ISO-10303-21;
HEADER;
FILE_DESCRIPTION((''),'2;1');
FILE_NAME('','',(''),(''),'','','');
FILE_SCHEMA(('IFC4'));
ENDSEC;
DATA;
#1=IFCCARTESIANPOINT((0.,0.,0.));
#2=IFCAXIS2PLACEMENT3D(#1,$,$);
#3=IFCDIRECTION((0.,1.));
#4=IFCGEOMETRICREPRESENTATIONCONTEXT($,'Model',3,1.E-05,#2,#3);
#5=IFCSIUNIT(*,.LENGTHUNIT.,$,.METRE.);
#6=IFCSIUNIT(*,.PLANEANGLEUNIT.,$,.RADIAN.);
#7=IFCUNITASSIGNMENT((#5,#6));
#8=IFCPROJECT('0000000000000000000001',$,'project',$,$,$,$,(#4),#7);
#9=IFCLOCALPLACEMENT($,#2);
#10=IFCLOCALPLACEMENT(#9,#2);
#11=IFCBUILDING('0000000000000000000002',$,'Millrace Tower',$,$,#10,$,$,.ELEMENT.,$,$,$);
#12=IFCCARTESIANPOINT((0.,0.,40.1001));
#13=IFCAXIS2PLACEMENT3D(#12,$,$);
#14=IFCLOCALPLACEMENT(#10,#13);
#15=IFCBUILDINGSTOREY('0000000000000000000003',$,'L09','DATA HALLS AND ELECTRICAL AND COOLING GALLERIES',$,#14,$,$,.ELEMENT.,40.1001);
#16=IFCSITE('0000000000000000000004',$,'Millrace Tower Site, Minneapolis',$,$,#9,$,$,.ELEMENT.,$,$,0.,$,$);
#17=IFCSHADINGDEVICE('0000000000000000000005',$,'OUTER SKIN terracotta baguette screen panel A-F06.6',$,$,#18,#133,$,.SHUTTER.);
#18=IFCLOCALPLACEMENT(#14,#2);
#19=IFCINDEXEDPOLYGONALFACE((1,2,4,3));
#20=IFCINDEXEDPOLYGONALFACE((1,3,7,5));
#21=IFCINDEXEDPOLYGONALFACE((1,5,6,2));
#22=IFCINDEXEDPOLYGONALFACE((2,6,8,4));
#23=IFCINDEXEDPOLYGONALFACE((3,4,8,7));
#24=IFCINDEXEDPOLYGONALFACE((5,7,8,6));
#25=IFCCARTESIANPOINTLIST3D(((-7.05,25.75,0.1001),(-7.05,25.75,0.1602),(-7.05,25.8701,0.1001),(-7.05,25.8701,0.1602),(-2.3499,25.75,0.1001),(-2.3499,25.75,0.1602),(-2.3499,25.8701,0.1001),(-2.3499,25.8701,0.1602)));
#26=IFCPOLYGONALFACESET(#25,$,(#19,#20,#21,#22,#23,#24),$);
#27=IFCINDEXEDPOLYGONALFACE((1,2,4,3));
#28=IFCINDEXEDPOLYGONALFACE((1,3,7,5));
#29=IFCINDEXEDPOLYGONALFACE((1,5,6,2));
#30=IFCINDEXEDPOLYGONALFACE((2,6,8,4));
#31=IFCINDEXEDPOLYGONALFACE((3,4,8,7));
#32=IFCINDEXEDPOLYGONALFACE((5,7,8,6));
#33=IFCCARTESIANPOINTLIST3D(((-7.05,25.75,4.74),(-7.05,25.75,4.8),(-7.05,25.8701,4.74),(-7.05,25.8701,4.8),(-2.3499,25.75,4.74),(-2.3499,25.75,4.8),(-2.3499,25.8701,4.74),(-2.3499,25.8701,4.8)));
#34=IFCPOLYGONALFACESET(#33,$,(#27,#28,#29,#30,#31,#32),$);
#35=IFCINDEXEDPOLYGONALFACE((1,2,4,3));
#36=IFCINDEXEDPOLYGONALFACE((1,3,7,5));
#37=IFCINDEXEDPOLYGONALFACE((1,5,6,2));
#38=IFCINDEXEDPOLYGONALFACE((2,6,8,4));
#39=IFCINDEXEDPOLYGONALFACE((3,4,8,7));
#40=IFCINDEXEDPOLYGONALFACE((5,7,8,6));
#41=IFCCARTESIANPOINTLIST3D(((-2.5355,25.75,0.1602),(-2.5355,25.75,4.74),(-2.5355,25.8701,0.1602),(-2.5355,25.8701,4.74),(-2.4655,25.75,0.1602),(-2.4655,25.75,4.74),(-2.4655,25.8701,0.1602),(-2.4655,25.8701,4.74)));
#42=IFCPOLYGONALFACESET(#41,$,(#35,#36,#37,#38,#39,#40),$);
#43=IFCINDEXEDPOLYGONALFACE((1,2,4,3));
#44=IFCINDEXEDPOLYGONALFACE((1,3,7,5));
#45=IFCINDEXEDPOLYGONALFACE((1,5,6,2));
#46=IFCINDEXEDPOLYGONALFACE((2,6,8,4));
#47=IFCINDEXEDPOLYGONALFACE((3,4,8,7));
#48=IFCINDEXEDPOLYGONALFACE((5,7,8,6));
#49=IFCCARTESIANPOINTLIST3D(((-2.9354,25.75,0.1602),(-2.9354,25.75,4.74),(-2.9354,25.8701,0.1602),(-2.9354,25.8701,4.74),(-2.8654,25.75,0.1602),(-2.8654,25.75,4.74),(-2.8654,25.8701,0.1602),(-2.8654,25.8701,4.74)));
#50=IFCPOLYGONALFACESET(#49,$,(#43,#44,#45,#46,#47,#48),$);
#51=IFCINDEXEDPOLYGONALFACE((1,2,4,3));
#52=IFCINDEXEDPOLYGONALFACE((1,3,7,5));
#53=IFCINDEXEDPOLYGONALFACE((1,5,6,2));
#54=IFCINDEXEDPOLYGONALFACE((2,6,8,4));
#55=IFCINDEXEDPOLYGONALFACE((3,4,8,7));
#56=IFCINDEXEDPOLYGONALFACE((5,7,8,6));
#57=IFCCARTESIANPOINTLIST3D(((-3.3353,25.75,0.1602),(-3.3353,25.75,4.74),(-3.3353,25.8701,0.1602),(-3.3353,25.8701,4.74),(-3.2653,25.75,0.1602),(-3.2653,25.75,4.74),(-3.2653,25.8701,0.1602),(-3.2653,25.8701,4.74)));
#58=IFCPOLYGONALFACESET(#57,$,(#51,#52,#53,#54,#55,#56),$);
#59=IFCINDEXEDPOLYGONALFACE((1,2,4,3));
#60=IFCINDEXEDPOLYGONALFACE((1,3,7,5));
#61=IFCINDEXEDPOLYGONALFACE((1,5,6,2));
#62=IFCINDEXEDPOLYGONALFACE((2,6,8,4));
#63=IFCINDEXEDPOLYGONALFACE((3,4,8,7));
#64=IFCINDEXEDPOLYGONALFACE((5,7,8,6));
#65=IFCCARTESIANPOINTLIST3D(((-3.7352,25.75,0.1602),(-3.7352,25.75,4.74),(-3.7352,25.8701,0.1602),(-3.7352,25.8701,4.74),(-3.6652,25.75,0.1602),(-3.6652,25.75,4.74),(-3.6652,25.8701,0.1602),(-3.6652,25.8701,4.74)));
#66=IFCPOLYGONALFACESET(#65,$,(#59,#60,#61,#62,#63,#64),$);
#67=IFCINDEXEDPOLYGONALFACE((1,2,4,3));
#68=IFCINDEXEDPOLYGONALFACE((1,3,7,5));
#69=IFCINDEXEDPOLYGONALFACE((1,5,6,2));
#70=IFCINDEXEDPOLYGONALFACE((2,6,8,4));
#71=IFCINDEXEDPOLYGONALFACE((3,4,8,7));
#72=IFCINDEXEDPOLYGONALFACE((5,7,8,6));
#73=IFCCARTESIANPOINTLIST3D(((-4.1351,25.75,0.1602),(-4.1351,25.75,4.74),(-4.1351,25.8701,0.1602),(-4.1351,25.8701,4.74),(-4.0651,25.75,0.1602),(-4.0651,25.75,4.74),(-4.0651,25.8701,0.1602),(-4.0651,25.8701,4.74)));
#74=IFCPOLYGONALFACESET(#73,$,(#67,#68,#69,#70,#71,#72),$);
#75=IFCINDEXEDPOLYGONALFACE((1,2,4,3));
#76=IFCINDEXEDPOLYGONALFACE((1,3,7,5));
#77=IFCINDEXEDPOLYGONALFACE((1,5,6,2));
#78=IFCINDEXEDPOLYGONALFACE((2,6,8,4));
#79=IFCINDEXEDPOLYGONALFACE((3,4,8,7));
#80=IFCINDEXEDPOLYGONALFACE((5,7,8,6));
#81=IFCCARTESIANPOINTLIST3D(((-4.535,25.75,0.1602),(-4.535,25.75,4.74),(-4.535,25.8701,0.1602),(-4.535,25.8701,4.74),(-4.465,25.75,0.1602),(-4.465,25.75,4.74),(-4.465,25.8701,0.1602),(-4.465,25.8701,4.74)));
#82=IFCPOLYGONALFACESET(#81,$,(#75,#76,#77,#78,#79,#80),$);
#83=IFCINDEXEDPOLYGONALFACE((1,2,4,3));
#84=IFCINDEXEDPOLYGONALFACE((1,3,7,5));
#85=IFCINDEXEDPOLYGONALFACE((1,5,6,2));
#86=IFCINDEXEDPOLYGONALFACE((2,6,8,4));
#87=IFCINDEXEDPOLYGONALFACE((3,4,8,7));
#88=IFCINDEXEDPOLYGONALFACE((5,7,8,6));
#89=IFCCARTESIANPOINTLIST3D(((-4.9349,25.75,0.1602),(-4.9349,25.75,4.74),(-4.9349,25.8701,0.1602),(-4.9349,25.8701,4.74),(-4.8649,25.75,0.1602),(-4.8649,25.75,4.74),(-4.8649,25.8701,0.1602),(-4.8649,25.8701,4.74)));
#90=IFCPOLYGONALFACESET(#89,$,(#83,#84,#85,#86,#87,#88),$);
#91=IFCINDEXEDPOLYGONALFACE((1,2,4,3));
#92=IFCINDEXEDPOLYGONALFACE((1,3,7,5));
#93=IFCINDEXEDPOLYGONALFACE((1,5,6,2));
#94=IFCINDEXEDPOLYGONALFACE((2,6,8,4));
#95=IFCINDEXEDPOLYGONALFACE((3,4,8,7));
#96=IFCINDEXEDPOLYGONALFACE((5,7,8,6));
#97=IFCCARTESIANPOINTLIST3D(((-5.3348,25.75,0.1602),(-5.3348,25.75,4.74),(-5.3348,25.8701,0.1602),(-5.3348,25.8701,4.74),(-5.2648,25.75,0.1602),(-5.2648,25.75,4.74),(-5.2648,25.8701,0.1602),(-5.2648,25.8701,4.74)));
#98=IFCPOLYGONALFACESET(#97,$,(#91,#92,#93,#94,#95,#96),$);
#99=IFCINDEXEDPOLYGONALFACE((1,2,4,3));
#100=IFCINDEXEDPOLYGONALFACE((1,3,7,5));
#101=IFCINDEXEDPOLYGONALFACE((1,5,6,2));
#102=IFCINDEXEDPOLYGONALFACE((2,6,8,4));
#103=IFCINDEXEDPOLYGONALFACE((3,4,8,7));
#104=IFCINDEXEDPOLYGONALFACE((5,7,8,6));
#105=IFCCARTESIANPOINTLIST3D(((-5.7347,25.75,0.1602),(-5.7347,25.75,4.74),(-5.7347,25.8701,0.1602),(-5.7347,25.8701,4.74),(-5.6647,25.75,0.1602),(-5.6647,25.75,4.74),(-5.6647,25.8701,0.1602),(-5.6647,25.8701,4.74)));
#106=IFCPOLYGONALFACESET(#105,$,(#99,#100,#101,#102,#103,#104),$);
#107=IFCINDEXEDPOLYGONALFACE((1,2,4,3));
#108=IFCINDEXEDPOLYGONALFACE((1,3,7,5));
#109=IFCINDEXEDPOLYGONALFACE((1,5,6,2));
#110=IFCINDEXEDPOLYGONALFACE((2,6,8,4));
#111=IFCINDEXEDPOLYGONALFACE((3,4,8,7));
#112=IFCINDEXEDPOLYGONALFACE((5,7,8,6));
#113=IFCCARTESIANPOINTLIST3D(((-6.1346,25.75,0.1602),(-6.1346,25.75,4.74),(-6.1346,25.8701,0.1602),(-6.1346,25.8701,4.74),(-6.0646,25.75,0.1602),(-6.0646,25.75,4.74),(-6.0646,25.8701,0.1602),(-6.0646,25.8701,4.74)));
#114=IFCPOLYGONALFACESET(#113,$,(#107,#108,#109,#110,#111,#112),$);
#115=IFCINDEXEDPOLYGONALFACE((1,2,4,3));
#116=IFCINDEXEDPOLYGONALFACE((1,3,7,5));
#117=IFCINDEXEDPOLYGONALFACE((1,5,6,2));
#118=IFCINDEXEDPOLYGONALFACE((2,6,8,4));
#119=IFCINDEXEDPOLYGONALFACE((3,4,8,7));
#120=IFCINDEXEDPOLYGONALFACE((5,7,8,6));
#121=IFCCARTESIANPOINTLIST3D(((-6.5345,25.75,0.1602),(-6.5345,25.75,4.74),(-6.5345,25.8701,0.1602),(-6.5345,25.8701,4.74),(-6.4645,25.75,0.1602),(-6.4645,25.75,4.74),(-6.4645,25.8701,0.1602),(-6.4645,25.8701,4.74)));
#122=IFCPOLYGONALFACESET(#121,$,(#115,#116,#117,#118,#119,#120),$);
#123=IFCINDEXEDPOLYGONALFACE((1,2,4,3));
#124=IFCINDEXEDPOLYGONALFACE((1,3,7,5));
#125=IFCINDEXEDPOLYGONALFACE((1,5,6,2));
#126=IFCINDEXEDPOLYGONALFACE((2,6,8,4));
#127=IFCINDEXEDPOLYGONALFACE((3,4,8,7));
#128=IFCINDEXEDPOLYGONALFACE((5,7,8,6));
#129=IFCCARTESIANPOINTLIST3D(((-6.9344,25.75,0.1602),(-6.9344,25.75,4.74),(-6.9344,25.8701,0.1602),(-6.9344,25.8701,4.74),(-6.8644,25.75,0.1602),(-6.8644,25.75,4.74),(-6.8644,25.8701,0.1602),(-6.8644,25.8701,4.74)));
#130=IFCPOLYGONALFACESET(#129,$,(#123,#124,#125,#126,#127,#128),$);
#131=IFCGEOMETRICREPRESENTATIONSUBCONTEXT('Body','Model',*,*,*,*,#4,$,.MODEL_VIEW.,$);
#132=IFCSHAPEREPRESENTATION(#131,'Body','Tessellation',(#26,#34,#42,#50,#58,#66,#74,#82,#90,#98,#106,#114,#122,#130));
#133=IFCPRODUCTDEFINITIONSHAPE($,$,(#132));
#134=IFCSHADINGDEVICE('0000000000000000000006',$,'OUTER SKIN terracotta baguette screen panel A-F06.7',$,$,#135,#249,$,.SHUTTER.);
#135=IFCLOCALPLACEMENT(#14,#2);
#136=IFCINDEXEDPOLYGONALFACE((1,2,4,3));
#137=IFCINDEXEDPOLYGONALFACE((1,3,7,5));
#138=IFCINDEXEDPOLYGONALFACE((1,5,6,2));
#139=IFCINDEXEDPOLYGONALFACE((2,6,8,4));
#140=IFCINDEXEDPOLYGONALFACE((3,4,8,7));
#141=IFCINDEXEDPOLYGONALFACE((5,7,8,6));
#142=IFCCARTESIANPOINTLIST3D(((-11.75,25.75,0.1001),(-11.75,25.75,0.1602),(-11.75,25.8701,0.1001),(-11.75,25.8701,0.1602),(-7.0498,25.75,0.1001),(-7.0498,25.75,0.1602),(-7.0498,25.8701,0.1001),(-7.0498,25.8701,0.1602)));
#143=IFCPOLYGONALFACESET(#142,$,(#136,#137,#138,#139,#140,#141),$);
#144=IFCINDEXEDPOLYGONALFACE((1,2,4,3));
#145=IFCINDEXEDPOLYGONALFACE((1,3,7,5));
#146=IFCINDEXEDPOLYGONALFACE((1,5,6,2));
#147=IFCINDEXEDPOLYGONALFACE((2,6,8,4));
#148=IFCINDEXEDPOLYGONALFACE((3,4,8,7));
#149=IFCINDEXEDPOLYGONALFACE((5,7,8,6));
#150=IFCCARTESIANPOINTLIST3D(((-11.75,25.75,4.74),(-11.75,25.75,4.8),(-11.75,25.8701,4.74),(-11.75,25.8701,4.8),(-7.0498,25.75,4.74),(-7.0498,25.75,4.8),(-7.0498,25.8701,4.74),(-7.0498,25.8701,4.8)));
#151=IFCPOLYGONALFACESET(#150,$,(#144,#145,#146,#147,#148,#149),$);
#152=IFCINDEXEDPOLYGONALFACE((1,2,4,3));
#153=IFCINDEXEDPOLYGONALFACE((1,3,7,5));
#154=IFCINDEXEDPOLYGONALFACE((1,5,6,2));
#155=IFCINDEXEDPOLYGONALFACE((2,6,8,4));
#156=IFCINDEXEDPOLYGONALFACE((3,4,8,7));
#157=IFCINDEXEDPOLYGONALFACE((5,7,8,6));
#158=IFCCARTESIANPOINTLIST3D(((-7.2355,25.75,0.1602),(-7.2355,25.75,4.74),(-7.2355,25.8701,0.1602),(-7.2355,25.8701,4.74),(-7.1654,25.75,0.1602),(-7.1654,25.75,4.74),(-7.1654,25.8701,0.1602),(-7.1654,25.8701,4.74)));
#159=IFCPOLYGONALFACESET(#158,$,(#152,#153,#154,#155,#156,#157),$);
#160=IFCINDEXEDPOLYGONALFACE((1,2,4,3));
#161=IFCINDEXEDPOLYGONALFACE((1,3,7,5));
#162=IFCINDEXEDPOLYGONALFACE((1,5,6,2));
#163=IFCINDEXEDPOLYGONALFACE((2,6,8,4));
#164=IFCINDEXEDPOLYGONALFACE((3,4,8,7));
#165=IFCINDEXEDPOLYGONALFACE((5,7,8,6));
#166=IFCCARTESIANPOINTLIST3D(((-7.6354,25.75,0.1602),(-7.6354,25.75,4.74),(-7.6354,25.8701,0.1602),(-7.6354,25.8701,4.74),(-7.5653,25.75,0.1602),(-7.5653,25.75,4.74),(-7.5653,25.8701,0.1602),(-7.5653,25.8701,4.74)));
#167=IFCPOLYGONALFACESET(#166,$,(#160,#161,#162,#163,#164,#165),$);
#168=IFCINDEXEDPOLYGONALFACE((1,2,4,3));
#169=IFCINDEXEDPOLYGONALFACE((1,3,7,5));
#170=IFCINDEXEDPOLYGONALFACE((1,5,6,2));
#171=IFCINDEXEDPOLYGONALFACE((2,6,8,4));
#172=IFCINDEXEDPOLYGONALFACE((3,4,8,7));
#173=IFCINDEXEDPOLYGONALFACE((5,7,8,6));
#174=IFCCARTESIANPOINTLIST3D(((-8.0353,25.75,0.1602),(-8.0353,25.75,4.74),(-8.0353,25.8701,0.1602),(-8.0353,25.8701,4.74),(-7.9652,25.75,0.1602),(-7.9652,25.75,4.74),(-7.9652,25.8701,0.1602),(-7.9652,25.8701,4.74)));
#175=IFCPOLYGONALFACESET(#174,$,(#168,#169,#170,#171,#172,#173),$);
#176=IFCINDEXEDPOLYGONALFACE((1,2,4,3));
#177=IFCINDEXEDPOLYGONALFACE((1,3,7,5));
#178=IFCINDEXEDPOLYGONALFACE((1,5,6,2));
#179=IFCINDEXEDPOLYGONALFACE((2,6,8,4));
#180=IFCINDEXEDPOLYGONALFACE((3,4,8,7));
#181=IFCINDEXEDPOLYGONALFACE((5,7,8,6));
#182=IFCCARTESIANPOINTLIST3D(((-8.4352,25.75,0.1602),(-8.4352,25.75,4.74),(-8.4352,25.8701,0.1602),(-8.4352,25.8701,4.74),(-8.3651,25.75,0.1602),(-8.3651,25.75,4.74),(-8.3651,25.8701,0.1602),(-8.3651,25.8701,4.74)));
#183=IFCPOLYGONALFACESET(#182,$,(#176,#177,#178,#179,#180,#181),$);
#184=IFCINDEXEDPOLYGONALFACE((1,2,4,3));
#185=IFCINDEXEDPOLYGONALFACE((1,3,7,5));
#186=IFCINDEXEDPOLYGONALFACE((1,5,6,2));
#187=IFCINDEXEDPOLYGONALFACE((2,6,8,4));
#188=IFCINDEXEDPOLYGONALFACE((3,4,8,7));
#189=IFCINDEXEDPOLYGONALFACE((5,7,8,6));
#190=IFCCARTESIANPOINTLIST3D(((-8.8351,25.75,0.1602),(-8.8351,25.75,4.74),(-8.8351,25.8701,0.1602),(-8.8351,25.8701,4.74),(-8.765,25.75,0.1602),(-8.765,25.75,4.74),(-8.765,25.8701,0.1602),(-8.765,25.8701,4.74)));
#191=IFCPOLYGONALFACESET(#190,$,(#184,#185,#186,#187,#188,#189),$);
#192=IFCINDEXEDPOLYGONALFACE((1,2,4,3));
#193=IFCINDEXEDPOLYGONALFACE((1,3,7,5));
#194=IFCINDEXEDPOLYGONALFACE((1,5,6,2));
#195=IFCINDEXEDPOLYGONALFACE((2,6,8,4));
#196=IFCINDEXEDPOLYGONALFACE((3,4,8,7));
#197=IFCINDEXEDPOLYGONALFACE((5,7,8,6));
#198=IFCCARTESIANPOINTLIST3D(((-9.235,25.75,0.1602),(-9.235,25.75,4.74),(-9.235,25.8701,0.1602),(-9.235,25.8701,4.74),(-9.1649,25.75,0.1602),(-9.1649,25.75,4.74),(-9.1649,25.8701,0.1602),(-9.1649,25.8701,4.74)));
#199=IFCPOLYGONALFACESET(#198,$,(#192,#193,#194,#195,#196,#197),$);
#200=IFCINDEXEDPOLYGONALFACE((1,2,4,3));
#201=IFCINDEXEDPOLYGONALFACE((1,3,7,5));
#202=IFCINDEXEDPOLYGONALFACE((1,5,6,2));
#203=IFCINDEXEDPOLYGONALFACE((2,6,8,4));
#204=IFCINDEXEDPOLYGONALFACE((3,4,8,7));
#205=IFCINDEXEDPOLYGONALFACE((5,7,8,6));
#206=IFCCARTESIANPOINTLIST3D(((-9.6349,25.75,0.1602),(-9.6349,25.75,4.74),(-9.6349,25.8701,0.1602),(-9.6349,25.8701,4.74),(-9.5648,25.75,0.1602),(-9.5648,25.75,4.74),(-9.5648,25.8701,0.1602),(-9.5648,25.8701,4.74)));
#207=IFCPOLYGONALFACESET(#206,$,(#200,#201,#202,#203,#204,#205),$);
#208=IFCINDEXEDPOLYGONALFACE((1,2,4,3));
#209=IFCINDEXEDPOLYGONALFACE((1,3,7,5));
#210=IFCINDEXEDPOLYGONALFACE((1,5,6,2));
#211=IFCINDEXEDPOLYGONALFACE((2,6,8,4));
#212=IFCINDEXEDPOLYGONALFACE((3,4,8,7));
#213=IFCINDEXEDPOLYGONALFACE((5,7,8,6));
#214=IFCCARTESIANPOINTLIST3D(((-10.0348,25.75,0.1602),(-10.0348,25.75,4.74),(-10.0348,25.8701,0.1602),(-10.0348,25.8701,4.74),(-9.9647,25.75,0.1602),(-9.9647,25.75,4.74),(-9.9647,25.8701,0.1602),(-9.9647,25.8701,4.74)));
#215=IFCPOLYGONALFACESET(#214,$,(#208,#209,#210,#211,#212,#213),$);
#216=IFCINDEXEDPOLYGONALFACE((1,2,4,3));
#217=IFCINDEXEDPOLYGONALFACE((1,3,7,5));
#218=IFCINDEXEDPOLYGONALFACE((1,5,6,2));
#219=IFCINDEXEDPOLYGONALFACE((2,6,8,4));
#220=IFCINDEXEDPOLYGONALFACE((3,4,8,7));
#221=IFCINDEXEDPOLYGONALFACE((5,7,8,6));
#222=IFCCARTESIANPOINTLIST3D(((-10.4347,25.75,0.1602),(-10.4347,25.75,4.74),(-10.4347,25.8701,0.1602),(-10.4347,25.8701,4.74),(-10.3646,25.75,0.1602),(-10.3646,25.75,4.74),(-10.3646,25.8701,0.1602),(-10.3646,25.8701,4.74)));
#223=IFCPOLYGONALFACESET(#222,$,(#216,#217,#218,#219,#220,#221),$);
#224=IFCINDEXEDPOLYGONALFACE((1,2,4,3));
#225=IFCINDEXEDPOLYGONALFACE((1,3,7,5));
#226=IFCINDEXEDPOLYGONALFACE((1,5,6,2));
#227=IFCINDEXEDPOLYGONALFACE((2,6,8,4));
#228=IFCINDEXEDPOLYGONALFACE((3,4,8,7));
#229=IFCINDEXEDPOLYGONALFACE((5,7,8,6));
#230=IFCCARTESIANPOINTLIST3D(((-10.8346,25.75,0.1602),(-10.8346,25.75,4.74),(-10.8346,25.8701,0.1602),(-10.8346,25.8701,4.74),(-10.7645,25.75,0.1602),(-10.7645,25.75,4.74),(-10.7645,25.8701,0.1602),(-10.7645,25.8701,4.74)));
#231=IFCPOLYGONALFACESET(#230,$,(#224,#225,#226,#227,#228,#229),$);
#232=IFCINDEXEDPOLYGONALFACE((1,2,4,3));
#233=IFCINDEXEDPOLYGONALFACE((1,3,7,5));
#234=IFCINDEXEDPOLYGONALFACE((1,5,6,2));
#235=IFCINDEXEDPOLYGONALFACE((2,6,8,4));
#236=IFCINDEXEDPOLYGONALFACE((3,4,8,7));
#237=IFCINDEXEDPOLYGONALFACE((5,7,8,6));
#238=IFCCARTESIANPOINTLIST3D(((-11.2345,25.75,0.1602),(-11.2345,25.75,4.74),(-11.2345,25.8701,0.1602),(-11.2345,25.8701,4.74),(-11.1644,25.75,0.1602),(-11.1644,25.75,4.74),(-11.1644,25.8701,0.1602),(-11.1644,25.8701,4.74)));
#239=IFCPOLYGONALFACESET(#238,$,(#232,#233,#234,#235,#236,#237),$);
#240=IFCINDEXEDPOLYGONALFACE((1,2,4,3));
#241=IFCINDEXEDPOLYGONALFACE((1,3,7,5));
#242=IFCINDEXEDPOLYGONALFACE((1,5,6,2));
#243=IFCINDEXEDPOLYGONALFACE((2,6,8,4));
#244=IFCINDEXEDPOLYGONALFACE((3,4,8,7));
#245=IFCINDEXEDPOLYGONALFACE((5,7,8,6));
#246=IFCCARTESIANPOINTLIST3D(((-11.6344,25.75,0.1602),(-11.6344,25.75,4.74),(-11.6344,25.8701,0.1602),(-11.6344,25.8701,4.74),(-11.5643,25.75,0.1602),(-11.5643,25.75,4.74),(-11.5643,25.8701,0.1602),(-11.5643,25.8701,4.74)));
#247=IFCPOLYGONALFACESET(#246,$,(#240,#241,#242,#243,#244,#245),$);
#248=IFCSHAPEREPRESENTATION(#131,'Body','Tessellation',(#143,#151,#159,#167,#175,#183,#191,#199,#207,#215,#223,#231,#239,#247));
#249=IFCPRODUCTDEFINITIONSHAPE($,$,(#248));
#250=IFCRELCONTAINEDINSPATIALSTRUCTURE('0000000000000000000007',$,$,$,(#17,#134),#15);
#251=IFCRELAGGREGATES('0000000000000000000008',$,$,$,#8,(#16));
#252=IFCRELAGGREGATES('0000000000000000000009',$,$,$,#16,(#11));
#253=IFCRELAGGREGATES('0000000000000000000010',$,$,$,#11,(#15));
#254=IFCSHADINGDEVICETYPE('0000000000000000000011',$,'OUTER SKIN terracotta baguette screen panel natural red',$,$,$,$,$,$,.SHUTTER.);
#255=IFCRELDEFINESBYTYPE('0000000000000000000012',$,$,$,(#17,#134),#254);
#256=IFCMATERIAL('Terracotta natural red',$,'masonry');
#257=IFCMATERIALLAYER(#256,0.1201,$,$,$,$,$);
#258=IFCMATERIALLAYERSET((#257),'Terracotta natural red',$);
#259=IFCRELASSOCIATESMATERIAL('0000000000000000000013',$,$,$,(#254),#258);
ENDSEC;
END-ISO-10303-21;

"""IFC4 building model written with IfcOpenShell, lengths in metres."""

from ifc_helpers import new_model, entity, si_unit, direction, frame, frame_2d, origin, place, context, subcontext, project, spatial, rectangle, extrude, source, transform, mapped, material, layer, layer_set, type_object, element, save


model = new_model("IFC4")

# Units and contexts
model_context = context("Model", 3, precision=1e-05, world=origin(), true_north=direction((0.0, 1.0)))
body_context = subcontext(model_context, "Body", "Model", "MODEL_VIEW")
ifc_project = project(units=[si_unit("LENGTHUNIT", "METRE"), si_unit("PLANEANGLEUNIT", "RADIAN")], contexts=[model_context])

# Site, building, storey
site_placement = place(None, origin())
site = spatial("IfcSite", under=ifc_project, at=site_placement, Name="Millrace Tower Site, Minneapolis", CompositionType="ELEMENT", RefElevation=0.0)
building_placement = place(site_placement, origin())
building = spatial("IfcBuilding", under=site, at=building_placement, Name="Millrace Tower", CompositionType="ELEMENT")
storey_placement = place(building_placement, frame((0.0, 0.0, 40.1001)))
storey = spatial("IfcBuildingStorey", under=building, at=storey_placement, Name="L09", Description="DATA HALLS AND ELECTRICAL AND COOLING GALLERIES", CompositionType="ELEMENT", Elevation=40.1001)

# Shading devices
ifc_material_1 = material(Name="Terracotta natural red", Category="masonry")
ifc_layer_1 = layer(ifc_material_1, 0.1201)
ifc_layer_set_1 = layer_set([ifc_layer_1], Name="Terracotta natural red")
shading_device_type = type_object("IfcShadingDeviceType", Name="OUTER SKIN terracotta baguette screen panel natural red", PredefinedType="SHUTTER", material=ifc_layer_set_1)
cartesian_point = entity("IfcCartesianPoint", [-2.3501, 0.0601])
shared_polyline = entity("IfcPolyline", [cartesian_point, entity("IfcCartesianPoint", [2.3501, 0.0601]), entity("IfcCartesianPoint", [2.3501, -0.0601]), entity("IfcCartesianPoint", [-2.3501, -0.0601]), cartesian_point])
shared_shape = source(origin(), body_context, "Body", "SweptSolid", [
    entity("IfcExtrudedAreaSolid", entity("IfcArbitraryClosedProfileDef", "AREA", None, shared_polyline), entity("IfcAxis2Placement3D", entity("IfcCartesianPoint", [0.0, 0.0, 0.0])), entity("IfcDirection", [0.0, 0.0, 1.0]), 0.0601),
    entity("IfcExtrudedAreaSolid", entity("IfcArbitraryClosedProfileDef", "AREA", None, shared_polyline), entity("IfcAxis2Placement3D", entity("IfcCartesianPoint", [0.0, 0.0, 4.6399])), entity("IfcDirection", [0.0, 0.0, 1.0]), 0.0601),
    extrude(rectangle(XDim=0.0701, YDim=0.1201, at=frame_2d((-2.1995, 0.0))), frame((0.0, 0.0, 0.0601)), (0.0, 0.0, 1.0), 4.5798),
    extrude(rectangle(XDim=0.0701, YDim=0.1201, at=frame_2d((-1.7996, 0.0))), frame((0.0, 0.0, 0.0601)), (0.0, 0.0, 1.0), 4.5798),
    extrude(rectangle(XDim=0.0701, YDim=0.1201, at=frame_2d((-1.3997, 0.0))), frame((0.0, 0.0, 0.0601)), (0.0, 0.0, 1.0), 4.5798),
    extrude(rectangle(XDim=0.0701, YDim=0.1201, at=frame_2d((-0.9998, 0.0))), frame((0.0, 0.0, 0.0601)), (0.0, 0.0, 1.0), 4.5798),
    extrude(rectangle(XDim=0.0701, YDim=0.1201, at=frame_2d((-0.5999, 0.0))), frame((0.0, 0.0, 0.0601)), (0.0, 0.0, 1.0), 4.5798),
    extrude(rectangle(XDim=0.0701, YDim=0.1201, at=frame_2d((-0.2, 0.0))), frame((0.0, 0.0, 0.0601)), (0.0, 0.0, 1.0), 4.5798),
    extrude(rectangle(XDim=0.0701, YDim=0.1201, at=frame_2d((0.2, 0.0))), frame((0.0, 0.0, 0.0601)), (0.0, 0.0, 1.0), 4.5798),
    extrude(rectangle(XDim=0.0701, YDim=0.1201, at=frame_2d((0.5999, 0.0))), frame((0.0, 0.0, 0.0601)), (0.0, 0.0, 1.0), 4.5798),
    extrude(rectangle(XDim=0.0701, YDim=0.1201, at=frame_2d((0.9998, 0.0))), frame((0.0, 0.0, 0.0601)), (0.0, 0.0, 1.0), 4.5798),
    extrude(rectangle(XDim=0.0701, YDim=0.1201, at=frame_2d((1.3997, 0.0))), frame((0.0, 0.0, 0.0601)), (0.0, 0.0, 1.0), 4.5798),
    extrude(rectangle(XDim=0.0701, YDim=0.1201, at=frame_2d((1.7996, 0.0))), frame((0.0, 0.0, 0.0601)), (0.0, 0.0, 1.0), 4.5798),
    extrude(rectangle(XDim=0.0701, YDim=0.1201, at=frame_2d((2.1995, 0.0))), frame((0.0, 0.0, 0.0601)), (0.0, 0.0, 1.0), 4.5798),
])
for number, where, z_axis, x_axis, name in (
    (1, (-4.7, 25.8101, 0.1001), (0.0, 0.0, 1.0), (-1.0, 0.0, 0.0), "OUTER SKIN terracotta baguette screen panel A-F06.6"),
    (2, (-9.3999, 25.8101, 0.1001), (0.0, 0.0, 1.0), (-1.0, 0.0, 0.0), "OUTER SKIN terracotta baguette screen panel A-F06.7"),
):
    element("IfcShadingDevice", number, at=place(storey_placement, frame(where, z_axis=z_axis, x_axis=x_axis)), inside=storey, type_object=shading_device_type, Name=name, PredefinedType="SHUTTER", context=body_context, shape_type="MappedRepresentation", body=[
        mapped(shared_shape, transform((0.0, 0.0, 0.0), scale=1.0)),
    ])

save(model, "model.ifc")
